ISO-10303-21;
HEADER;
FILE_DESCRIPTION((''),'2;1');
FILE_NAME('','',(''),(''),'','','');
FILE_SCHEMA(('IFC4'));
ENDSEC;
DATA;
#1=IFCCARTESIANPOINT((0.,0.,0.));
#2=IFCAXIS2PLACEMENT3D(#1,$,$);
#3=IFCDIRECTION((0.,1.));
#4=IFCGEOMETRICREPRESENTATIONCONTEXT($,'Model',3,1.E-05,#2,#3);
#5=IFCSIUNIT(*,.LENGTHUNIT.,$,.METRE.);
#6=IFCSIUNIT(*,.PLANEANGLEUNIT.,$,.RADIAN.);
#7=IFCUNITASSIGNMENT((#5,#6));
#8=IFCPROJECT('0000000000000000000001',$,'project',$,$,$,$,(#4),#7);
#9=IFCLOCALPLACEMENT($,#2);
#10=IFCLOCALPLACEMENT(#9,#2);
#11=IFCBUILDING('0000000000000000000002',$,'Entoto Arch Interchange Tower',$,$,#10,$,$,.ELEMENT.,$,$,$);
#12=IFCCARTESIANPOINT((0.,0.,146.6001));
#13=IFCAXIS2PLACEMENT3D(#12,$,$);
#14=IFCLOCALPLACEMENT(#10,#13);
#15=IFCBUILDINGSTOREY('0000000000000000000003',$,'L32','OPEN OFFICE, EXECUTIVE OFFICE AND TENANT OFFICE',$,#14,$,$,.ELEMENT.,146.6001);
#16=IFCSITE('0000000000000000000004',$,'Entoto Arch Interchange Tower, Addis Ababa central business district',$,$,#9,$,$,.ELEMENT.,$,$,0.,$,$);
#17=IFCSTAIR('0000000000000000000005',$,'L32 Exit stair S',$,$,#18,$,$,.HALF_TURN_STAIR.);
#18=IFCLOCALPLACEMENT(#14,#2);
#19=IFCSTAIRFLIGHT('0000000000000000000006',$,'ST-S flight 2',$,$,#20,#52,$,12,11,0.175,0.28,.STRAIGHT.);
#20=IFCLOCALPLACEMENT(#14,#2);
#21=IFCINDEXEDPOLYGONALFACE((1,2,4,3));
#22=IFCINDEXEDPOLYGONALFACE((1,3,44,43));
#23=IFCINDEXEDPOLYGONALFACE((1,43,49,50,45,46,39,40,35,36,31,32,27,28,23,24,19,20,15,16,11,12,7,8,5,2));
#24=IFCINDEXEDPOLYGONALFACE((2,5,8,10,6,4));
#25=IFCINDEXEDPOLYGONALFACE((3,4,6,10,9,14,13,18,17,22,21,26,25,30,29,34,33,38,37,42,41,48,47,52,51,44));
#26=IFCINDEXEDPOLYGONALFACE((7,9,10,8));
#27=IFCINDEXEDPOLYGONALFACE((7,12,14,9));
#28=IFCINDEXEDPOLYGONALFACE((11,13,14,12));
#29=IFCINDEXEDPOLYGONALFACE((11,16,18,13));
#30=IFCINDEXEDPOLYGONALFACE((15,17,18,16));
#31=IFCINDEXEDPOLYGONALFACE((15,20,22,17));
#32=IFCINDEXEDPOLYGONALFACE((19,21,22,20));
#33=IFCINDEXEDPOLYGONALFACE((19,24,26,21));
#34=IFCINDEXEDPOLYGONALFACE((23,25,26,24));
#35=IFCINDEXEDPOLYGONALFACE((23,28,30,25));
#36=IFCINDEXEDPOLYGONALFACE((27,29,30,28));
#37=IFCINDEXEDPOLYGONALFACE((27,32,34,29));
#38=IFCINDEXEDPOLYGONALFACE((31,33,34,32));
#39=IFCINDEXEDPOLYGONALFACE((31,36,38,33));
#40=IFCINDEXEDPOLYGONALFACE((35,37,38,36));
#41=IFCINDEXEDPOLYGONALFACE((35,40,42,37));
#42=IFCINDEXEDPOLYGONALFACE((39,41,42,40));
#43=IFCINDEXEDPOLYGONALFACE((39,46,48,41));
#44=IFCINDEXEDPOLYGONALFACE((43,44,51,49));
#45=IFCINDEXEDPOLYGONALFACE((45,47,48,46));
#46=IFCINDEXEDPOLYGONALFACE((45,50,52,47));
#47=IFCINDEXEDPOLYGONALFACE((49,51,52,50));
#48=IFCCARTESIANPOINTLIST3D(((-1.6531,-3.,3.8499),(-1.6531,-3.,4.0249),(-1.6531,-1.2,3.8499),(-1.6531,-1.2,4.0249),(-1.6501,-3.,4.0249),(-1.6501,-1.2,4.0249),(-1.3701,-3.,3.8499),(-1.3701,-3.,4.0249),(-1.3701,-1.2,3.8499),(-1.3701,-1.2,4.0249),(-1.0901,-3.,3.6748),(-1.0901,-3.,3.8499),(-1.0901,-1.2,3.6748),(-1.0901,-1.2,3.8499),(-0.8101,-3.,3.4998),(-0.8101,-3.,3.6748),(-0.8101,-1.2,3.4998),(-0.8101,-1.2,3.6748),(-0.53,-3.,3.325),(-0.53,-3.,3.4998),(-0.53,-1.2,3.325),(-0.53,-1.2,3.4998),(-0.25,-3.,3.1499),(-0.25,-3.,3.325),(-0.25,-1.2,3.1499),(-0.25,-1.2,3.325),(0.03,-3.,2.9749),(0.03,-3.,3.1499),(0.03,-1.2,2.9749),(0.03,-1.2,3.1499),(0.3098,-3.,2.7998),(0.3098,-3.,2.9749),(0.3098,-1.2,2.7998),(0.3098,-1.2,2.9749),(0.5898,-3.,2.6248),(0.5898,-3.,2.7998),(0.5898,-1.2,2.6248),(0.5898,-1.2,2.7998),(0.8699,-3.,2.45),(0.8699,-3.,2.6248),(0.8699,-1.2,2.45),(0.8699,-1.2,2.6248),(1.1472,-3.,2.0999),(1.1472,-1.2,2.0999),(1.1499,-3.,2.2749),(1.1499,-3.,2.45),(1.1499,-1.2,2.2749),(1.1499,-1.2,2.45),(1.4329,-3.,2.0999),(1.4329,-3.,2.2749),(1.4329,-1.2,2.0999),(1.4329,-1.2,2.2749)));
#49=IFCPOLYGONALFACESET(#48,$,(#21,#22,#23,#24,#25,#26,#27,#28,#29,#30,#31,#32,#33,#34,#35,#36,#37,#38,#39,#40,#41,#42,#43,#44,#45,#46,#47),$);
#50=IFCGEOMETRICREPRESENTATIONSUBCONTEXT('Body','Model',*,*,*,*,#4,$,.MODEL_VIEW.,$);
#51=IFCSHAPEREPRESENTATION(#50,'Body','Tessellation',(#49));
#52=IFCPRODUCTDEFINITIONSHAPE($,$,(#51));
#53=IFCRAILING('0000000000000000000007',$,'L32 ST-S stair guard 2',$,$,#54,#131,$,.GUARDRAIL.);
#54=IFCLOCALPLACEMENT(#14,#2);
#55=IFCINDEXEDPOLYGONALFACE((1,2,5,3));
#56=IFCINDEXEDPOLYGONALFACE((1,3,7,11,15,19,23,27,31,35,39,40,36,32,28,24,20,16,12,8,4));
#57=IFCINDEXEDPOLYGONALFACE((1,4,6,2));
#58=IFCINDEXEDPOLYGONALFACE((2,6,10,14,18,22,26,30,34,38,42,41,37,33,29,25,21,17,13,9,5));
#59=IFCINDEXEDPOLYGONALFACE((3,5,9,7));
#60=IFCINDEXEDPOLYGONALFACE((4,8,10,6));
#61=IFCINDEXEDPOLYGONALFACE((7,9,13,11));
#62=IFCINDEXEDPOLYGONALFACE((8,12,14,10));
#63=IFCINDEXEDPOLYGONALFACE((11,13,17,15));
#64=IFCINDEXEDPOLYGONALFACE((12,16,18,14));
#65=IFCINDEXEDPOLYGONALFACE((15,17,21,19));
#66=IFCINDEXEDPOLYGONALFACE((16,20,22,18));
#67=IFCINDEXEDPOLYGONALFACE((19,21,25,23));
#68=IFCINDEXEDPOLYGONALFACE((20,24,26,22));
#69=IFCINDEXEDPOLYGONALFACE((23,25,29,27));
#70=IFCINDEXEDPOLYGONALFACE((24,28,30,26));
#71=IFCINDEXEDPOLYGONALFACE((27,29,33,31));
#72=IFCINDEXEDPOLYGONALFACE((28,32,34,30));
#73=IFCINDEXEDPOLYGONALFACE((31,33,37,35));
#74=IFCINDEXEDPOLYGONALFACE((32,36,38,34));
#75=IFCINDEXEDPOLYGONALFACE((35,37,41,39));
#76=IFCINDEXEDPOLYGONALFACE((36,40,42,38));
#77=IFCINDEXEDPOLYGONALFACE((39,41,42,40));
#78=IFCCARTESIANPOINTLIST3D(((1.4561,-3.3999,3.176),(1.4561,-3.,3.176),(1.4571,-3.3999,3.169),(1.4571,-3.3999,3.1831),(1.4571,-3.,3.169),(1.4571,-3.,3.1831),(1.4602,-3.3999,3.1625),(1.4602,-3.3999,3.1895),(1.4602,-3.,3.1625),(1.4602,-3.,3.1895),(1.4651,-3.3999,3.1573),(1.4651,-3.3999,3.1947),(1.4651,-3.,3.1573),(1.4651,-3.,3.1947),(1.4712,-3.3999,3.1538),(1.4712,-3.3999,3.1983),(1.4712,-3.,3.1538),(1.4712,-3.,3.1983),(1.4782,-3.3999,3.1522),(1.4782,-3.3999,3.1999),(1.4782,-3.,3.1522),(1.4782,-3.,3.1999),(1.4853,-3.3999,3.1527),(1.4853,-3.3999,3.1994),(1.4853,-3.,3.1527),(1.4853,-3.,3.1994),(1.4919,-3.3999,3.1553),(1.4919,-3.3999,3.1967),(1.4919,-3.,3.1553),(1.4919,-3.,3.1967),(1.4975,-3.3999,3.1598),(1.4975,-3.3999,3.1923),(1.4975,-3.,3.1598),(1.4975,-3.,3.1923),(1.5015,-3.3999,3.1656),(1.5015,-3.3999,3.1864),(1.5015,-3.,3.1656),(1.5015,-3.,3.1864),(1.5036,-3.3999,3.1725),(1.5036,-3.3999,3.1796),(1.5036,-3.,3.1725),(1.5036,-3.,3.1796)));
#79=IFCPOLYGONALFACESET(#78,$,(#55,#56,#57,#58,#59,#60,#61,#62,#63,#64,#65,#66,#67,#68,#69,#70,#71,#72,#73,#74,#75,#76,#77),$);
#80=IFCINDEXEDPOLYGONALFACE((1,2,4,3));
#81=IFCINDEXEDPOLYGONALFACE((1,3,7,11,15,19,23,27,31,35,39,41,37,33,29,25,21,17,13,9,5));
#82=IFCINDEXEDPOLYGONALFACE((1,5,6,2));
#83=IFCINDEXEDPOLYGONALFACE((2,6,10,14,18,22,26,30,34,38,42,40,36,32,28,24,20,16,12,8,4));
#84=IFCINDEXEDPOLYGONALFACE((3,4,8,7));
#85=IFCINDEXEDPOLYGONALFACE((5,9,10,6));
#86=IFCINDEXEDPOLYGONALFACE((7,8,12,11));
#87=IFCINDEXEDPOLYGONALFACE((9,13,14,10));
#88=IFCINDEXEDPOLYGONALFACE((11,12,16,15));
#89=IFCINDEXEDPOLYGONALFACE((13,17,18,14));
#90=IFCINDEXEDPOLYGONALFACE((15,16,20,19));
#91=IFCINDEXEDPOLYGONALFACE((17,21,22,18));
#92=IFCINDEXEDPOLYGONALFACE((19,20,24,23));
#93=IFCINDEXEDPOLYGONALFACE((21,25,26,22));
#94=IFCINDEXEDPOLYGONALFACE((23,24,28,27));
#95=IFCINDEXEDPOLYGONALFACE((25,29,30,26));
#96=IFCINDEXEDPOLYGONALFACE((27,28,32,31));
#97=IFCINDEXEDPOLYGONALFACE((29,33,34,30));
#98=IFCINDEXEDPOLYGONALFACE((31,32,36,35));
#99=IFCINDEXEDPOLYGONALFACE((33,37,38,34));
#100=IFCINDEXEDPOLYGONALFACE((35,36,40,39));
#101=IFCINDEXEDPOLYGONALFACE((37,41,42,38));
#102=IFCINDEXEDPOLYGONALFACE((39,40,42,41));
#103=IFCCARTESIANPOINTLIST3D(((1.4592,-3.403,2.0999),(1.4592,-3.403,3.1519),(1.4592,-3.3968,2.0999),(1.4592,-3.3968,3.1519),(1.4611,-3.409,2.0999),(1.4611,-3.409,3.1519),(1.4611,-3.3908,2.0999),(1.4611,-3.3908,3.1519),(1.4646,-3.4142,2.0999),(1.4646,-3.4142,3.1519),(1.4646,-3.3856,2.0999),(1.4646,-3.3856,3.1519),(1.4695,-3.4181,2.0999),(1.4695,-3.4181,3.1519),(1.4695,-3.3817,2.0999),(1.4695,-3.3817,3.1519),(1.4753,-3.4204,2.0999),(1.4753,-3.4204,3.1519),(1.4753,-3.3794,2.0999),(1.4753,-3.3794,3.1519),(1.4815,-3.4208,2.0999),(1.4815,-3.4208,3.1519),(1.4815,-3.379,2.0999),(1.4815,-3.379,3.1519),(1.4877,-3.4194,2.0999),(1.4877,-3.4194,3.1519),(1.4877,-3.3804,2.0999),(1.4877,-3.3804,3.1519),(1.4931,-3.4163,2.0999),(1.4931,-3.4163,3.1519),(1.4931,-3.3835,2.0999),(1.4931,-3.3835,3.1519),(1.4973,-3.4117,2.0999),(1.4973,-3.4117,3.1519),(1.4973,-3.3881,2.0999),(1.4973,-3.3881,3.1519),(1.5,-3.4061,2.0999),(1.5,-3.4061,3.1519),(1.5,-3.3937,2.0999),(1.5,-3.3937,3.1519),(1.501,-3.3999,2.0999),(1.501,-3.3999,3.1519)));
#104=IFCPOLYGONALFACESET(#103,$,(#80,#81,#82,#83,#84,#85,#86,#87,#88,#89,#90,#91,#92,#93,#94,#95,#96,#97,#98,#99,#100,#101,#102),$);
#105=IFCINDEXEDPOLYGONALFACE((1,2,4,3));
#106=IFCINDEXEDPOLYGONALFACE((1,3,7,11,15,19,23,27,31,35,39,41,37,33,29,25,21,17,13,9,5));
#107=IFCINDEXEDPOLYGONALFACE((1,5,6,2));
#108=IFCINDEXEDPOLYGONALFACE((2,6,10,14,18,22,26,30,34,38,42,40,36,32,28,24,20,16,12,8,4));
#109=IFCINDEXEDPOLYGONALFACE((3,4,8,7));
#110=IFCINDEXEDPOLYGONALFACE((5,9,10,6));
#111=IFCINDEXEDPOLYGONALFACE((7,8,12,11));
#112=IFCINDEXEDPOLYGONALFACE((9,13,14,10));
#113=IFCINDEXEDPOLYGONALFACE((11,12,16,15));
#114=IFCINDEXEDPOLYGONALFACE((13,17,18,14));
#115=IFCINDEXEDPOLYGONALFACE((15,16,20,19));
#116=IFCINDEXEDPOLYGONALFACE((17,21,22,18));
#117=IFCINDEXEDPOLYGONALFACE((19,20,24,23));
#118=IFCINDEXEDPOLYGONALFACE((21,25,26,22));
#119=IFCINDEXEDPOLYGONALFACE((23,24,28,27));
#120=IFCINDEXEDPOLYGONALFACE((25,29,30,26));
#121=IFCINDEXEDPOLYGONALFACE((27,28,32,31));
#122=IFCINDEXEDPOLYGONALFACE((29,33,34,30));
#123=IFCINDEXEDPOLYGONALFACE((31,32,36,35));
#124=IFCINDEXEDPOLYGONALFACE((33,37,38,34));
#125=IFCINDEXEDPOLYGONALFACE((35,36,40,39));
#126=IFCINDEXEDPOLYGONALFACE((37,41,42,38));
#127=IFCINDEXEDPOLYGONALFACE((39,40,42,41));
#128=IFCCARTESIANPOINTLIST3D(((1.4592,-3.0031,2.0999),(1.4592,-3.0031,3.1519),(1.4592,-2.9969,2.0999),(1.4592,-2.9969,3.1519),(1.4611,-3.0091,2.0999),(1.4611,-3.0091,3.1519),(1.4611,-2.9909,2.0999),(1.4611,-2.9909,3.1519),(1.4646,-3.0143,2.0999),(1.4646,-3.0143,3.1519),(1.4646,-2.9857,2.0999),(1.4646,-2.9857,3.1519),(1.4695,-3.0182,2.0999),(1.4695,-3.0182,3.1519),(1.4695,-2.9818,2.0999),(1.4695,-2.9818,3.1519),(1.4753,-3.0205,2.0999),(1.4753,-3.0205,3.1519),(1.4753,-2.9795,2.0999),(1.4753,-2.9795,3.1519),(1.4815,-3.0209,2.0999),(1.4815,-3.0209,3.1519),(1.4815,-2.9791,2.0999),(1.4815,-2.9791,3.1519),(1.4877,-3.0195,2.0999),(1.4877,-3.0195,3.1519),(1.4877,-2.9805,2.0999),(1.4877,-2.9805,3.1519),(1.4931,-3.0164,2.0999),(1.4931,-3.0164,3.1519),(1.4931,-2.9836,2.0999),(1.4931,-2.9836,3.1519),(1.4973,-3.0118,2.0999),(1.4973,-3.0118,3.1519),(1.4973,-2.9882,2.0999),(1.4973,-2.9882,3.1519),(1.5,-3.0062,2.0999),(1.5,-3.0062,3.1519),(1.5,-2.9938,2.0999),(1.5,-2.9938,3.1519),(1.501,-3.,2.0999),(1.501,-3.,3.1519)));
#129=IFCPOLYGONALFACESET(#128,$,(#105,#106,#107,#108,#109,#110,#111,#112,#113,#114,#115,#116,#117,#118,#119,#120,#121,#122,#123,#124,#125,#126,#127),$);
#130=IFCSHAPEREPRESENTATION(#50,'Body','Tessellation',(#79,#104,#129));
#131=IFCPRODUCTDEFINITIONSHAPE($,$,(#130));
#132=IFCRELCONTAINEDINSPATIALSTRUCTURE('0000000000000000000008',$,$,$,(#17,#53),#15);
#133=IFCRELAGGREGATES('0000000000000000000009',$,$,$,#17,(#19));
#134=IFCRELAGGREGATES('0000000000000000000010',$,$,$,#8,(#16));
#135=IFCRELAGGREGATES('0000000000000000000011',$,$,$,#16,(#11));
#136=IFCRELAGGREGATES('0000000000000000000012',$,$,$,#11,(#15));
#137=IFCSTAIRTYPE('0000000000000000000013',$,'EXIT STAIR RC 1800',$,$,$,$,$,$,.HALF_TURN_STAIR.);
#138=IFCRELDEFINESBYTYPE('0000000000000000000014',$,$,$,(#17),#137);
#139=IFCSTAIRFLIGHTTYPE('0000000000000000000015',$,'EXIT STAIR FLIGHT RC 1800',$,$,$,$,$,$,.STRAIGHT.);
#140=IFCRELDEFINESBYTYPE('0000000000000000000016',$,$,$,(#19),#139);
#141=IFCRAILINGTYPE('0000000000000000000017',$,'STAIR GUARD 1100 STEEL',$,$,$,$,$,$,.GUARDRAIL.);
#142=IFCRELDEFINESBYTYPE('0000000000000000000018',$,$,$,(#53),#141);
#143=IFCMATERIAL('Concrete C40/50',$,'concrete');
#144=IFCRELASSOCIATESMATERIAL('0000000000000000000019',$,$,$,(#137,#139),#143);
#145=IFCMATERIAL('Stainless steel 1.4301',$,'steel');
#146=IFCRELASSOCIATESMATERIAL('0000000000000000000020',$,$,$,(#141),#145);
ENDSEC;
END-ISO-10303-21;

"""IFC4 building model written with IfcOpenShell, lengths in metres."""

from ifc_helpers import new_model, si_unit, direction, frame, origin, origin_2d, place, context, subcontext, project, spatial, polyline, circle, outline, extrude, material, type_object, element, aggregate, save


model = new_model("IFC4")

# Units and contexts
model_context = context("Model", 3, precision=1e-05, world=origin(), true_north=direction((0.0, 1.0)))
body_context = subcontext(model_context, "Body", "Model", "MODEL_VIEW")
ifc_project = project(units=[si_unit("LENGTHUNIT", "METRE"), si_unit("PLANEANGLEUNIT", "RADIAN")], contexts=[model_context])

# Site, building, storey
site_placement = place(None, origin())
site = spatial("IfcSite", under=ifc_project, at=site_placement, Name="Entoto Arch Interchange Tower, Addis Ababa central business district", CompositionType="ELEMENT", RefElevation=0.0)
building_placement = place(site_placement, origin())
building = spatial("IfcBuilding", under=site, at=building_placement, Name="Entoto Arch Interchange Tower", CompositionType="ELEMENT")
storey_placement = place(building_placement, frame((0.0, 0.0, 146.6001)))
storey = spatial("IfcBuildingStorey", under=building, at=storey_placement, Name="L32", Description="OPEN OFFICE, EXECUTIVE OFFICE AND TENANT OFFICE", CompositionType="ELEMENT", Elevation=146.6001)

# Shared definitions
ifc_material_1 = material(Name="Concrete C40/50", Category="concrete")

# Stair, stair flight
stair_type = type_object("IfcStairType", Name="EXIT STAIR RC 1800", PredefinedType="HALF_TURN_STAIR", material=ifc_material_1)
stair_placement = place(storey_placement, origin())
stair = element("IfcStair", 1, at=stair_placement, inside=storey, type_object=stair_type, Name="L32 Exit stair S", PredefinedType="HALF_TURN_STAIR")
stair_flight_type = type_object("IfcStairFlightType", Name="EXIT STAIR FLIGHT RC 1800", PredefinedType="STRAIGHT", material=ifc_material_1)
stair_flight_placement = place(storey_placement, frame((1.4299, -2.1001, 2.0999), z_axis=(0.0, 0.0, 1.0), x_axis=(-1.0, 0.0, 0.0)))
stair_flight = element("IfcStairFlight", 2, at=stair_flight_placement, type_object=stair_flight_type, Name="ST-S flight 2", NumberOfRisers=12, NumberOfTreads=11, PredefinedType="STRAIGHT", RiserHeight=0.175, TreadLength=0.28, context=body_context, shape_type="SweptSolid", body=[
    extrude(outline(polyline([(-0.0029, 0.0), (-0.0029, 0.175), (0.28, 0.175), (0.28, 0.3501), (0.5601, 0.3501), (0.5601, 0.5249), (0.8401, 0.5249), (0.8401, 0.7), (1.1201, 0.7), (1.1201, 0.875), (1.3999, 0.875), (1.3999, 1.05), (1.6799, 1.05), (1.6799, 1.2251), (1.96, 1.2251), (1.96, 1.3999), (2.24, 1.3999), (2.24, 1.575), (2.52, 1.575), (2.52, 1.75), (2.8, 1.75), (2.8, 1.925), (3.0801, 1.925), (3.083, 1.925), (3.083, 1.75), (0.2827, 0.0), (-0.0029, 0.0)])), frame((0.0, 0.8999, 0.0), z_axis=(0.0, -1.0, 0.0), x_axis=(1.0, 0.0, 0.0)), (0.0, 0.0, 1.0), 1.8),
])
aggregate(stair, [stair_flight])

# Railing
ifc_material_2 = material(Name="Stainless steel 1.4301", Category="steel")
railing_type_1 = type_object("IfcRailingType", Name="STAIR GUARD 1100 STEEL", PredefinedType="GUARDRAIL", material=ifc_material_2)
railing_1_placement = place(storey_placement, frame((1.48, -3.3999, 2.0999)))
element("IfcRailing", 3, at=railing_1_placement, inside=storey, type_object=railing_type_1, Name="L32 ST-S stair guard 2", PredefinedType="GUARDRAIL", context=body_context, shape_type="SweptSolid", body=[
    extrude(circle(Radius=0.0239, at=origin_2d()), frame((0.0, 0.0, 1.0762), z_axis=(0.0, 1.0, 0.0), x_axis=(-1.0, 0.0, 0.0)), (0.0, 0.0, 1.0), 0.3999),
    extrude(circle(Radius=0.021, at=origin_2d()), origin(), (0.0, 0.0, 1.0), 1.052),
    extrude(circle(Radius=0.021, at=origin_2d()), frame((0.0, 0.3999, 0.0)), (0.0, 0.0, 1.0), 1.052),
])

save(model, "model.ifc")
